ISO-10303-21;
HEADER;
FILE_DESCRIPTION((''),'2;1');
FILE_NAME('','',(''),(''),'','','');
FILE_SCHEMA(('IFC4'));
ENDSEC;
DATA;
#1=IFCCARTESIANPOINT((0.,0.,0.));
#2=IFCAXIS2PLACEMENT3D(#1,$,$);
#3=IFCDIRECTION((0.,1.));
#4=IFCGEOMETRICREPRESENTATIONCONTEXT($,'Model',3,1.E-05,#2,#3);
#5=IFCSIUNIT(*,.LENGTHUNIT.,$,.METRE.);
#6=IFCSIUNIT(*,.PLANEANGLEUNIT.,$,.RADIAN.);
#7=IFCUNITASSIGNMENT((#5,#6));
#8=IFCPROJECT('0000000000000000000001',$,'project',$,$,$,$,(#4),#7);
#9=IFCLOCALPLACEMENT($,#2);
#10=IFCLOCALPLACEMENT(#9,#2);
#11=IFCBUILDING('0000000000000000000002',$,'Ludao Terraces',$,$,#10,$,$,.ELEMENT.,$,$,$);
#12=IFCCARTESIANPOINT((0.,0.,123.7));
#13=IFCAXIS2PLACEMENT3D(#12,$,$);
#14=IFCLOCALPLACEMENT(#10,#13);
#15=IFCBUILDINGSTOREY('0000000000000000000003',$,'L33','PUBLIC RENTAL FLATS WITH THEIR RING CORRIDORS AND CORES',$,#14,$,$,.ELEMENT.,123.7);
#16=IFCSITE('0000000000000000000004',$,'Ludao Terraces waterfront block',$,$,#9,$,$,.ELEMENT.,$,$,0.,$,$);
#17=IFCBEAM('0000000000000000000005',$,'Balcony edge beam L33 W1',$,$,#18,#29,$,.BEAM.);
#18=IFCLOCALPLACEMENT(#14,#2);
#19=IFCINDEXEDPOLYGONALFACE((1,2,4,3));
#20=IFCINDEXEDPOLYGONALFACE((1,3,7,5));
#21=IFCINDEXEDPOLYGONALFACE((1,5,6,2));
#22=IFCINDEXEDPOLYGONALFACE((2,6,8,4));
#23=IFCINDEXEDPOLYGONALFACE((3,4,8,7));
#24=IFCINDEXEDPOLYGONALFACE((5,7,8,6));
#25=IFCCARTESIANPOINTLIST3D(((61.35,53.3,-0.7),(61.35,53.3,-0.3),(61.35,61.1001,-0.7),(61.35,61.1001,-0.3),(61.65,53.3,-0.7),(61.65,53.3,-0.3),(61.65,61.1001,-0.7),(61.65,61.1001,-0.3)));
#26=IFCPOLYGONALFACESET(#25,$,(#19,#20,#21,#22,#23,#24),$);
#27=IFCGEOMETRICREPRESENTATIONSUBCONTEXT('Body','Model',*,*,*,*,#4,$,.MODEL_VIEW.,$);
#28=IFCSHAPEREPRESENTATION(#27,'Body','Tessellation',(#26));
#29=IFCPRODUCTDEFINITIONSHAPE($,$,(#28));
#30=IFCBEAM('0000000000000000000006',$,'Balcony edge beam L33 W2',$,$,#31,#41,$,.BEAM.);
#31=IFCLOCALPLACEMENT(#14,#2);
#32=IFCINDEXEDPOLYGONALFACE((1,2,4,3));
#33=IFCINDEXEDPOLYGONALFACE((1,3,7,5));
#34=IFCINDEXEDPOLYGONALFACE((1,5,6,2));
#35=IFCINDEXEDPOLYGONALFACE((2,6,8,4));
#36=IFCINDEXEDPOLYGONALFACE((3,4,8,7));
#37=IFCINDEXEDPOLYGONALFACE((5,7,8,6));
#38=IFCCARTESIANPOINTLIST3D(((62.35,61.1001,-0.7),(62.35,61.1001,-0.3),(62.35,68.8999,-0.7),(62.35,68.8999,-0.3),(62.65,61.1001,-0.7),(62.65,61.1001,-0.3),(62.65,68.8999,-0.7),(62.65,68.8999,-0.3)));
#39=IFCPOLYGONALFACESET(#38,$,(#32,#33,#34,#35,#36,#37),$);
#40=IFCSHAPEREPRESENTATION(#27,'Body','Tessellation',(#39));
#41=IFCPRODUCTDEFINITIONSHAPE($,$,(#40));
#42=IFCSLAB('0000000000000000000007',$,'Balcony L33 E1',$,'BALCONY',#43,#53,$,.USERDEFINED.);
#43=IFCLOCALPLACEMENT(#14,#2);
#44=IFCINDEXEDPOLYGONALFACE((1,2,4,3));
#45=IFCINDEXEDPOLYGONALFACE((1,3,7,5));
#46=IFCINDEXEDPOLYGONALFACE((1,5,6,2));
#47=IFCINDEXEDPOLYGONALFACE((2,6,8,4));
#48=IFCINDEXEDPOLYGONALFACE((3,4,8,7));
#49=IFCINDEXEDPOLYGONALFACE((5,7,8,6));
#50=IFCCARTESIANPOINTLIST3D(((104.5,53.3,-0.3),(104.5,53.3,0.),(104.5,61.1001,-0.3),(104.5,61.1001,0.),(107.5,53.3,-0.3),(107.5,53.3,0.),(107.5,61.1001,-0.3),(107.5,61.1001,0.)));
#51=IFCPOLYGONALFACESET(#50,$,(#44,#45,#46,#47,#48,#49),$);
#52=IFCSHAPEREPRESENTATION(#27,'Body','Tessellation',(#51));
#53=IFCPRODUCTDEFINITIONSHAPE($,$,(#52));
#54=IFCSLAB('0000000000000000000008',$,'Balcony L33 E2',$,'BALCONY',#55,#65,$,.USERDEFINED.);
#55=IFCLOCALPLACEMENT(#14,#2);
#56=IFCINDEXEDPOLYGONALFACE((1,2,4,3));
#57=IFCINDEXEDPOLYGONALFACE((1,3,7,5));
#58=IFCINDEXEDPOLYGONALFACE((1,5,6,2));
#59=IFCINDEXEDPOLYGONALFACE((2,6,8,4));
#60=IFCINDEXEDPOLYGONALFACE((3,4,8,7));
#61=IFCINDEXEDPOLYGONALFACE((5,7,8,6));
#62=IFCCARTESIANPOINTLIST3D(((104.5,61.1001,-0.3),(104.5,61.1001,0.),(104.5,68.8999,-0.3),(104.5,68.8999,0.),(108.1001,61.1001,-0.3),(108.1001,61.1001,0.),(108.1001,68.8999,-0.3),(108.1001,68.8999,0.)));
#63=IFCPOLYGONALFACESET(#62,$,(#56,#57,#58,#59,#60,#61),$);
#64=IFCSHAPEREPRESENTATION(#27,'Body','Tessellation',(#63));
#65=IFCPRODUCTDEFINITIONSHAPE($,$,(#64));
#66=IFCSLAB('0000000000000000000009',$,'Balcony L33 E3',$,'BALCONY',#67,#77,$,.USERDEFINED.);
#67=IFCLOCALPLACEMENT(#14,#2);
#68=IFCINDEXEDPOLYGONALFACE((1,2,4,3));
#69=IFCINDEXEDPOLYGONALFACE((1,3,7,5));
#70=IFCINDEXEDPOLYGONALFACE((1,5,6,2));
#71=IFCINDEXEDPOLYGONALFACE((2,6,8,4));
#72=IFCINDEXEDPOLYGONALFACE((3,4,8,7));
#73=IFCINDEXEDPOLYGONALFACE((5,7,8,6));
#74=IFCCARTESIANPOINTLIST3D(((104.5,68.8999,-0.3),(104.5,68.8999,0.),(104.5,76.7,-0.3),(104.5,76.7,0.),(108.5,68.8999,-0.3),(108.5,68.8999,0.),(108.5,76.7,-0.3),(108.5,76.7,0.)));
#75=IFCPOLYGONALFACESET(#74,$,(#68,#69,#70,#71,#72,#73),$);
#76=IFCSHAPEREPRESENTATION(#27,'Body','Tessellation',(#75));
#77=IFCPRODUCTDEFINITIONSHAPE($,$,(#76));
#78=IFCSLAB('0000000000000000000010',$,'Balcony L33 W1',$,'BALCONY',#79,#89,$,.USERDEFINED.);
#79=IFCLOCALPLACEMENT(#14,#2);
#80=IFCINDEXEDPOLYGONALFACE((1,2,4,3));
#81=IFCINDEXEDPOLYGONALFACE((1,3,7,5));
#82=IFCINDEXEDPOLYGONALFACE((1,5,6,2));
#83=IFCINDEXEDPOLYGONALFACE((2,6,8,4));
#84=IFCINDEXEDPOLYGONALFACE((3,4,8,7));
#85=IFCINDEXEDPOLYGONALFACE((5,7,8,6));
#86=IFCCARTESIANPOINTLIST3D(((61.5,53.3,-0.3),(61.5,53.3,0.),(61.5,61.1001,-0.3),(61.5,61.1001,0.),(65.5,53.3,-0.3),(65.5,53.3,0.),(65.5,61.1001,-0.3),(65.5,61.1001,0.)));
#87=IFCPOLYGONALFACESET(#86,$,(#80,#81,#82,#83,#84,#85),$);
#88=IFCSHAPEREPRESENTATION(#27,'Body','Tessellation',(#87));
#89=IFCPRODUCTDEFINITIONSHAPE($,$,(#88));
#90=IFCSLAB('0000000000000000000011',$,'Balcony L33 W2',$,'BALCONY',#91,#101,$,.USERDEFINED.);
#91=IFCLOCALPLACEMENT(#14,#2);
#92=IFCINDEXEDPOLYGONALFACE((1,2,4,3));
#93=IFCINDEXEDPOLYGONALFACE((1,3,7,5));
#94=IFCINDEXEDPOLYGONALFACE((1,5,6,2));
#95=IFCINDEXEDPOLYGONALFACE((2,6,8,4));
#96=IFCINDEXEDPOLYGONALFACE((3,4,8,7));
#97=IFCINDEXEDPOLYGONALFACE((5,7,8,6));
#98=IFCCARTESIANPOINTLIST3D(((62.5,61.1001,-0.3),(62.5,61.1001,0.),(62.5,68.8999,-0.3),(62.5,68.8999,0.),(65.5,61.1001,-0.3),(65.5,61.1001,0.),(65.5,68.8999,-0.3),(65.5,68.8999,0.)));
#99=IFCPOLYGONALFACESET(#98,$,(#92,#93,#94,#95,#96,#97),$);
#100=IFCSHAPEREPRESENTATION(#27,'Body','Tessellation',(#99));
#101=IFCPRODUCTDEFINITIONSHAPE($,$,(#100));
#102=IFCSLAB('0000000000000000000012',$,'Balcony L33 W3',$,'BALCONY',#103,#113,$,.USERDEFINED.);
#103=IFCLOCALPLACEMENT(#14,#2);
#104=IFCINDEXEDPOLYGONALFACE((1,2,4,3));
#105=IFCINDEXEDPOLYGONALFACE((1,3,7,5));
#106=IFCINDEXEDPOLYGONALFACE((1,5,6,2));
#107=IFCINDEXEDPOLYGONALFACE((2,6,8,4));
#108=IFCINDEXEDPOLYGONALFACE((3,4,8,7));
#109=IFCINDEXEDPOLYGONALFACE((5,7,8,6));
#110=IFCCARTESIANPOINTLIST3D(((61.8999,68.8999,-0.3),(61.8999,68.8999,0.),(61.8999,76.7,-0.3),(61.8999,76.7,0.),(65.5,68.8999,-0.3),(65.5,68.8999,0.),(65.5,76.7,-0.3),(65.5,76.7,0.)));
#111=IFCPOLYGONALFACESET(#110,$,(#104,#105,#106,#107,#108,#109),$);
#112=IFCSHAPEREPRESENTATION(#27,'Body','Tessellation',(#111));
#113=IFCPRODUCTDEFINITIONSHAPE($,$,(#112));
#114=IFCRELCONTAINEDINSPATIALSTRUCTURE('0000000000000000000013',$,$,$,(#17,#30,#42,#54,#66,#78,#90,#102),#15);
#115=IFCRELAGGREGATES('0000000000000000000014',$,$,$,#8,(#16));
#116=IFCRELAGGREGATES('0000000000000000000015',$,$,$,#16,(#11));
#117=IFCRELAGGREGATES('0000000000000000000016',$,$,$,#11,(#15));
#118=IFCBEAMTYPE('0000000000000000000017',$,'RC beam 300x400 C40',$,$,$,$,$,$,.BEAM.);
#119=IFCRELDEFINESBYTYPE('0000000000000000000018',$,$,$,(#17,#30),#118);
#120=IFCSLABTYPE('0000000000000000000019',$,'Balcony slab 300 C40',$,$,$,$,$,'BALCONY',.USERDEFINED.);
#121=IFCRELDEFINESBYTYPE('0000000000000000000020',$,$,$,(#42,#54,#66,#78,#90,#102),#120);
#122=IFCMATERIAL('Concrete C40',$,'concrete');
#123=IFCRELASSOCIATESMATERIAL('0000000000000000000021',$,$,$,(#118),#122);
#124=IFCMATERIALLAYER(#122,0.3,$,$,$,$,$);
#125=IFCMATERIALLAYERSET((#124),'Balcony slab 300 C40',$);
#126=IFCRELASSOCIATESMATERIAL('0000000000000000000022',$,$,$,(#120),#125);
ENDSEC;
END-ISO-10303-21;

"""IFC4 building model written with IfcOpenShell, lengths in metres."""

from ifc_helpers import new_model, si_unit, direction, frame, origin, origin_2d, place, context, subcontext, project, spatial, polyline, rectangle, outline, extrude, material, layer, layer_set, material_profile, profile_set, type_object, element, save


model = new_model("IFC4")

# Units and contexts
model_context = context("Model", 3, precision=1e-05, world=origin(), true_north=direction((0.0, 1.0)))
body_context = subcontext(model_context, "Body", "Model", "MODEL_VIEW")
ifc_project = project(units=[si_unit("LENGTHUNIT", "METRE"), si_unit("PLANEANGLEUNIT", "RADIAN")], contexts=[model_context])

# Site, building, storey
site_placement = place(None, origin())
site = spatial("IfcSite", under=ifc_project, at=site_placement, Name="Ludao Terraces waterfront block", CompositionType="ELEMENT", RefElevation=0.0)
building_placement = place(site_placement, origin())
building = spatial("IfcBuilding", under=site, at=building_placement, Name="Ludao Terraces", CompositionType="ELEMENT")
storey_placement = place(building_placement, frame((0.0, 0.0, 123.7)))
storey = spatial("IfcBuildingStorey", under=building, at=storey_placement, Name="L33", Description="PUBLIC RENTAL FLATS WITH THEIR RING CORRIDORS AND CORES", CompositionType="ELEMENT", Elevation=123.7)

# Beams
ifc_material_1 = material(Name="Concrete C40", Category="concrete")
ifc_material_profile = material_profile(ifc_material_1, rectangle(XDim=0.3, YDim=0.3999, at=origin_2d()), Name="300 X 400")
ifc_profile_set = profile_set([ifc_material_profile], Name="Concrete C40")
beam_type = type_object("IfcBeamType", Name="RC beam 300x400 C40", PredefinedType="BEAM", material=ifc_profile_set)
beam_1_placement = place(storey_placement, frame((61.5, 53.3, -0.5), z_axis=(0.0, 1.0, 0.0), x_axis=(-1.0, 0.0, 0.0)))
element("IfcBeam", 1, at=beam_1_placement, inside=storey, type_object=beam_type, Name="Balcony edge beam L33 W1", PredefinedType="BEAM", context=body_context, shape_type="SweptSolid", body=[
    extrude(rectangle(XDim=0.3, YDim=0.3999, at=origin_2d()), origin(), (0.0, 0.0, 1.0), 7.8),
])
beam_2_placement = place(storey_placement, frame((62.5, 61.1001, -0.5), z_axis=(0.0, 1.0, 0.0), x_axis=(-1.0, 0.0, 0.0)))
element("IfcBeam", 2, at=beam_2_placement, inside=storey, type_object=beam_type, Name="Balcony edge beam L33 W2", PredefinedType="BEAM", context=body_context, shape_type="SweptSolid", body=[
    extrude(rectangle(XDim=0.3, YDim=0.3999, at=origin_2d()), origin(), (0.0, 0.0, 1.0), 7.7998),
])

# Slabs
ifc_layer_1 = layer(ifc_material_1, 0.3)
ifc_layer_set_1 = layer_set([ifc_layer_1], Name="Balcony slab 300 C40")
slab_type_1 = type_object("IfcSlabType", Name="Balcony slab 300 C40", ElementType="BALCONY", PredefinedType="USERDEFINED", material=ifc_layer_set_1)
slab_1_placement = place(storey_placement, frame((0.0, 0.0, -0.3)))
element("IfcSlab", 3, at=slab_1_placement, inside=storey, type_object=slab_type_1, Name="Balcony L33 E1", ObjectType="BALCONY", PredefinedType="USERDEFINED", context=body_context, shape_type="SweptSolid", body=[
    extrude(outline(polyline([(104.5, 53.3), (107.5, 53.3), (107.5, 61.1001), (104.5, 61.1001), (104.5, 53.3)])), origin(), (0.0, 0.0, 1.0), 0.3),
])
slab_2_placement = place(storey_placement, frame((0.0, 0.0, -0.3)))
element("IfcSlab", 4, at=slab_2_placement, inside=storey, type_object=slab_type_1, Name="Balcony L33 E2", ObjectType="BALCONY", PredefinedType="USERDEFINED", context=body_context, shape_type="SweptSolid", body=[
    extrude(outline(polyline([(104.5, 61.1001), (108.1001, 61.1001), (108.1001, 68.8999), (104.5, 68.8999), (104.5, 61.1001)])), origin(), (0.0, 0.0, 1.0), 0.3),
])
slab_3_placement = place(storey_placement, frame((0.0, 0.0, -0.3)))
element("IfcSlab", 5, at=slab_3_placement, inside=storey, type_object=slab_type_1, Name="Balcony L33 E3", ObjectType="BALCONY", PredefinedType="USERDEFINED", context=body_context, shape_type="SweptSolid", body=[
    extrude(outline(polyline([(104.5, 68.8999), (108.5, 68.8999), (108.5, 76.7), (104.5, 76.7), (104.5, 68.8999)])), origin(), (0.0, 0.0, 1.0), 0.3),
])
slab_4_placement = place(storey_placement, frame((0.0, 0.0, -0.3)))
element("IfcSlab", 6, at=slab_4_placement, inside=storey, type_object=slab_type_1, Name="Balcony L33 W1", ObjectType="BALCONY", PredefinedType="USERDEFINED", context=body_context, shape_type="SweptSolid", body=[
    extrude(outline(polyline([(61.5, 53.3), (65.5, 53.3), (65.5, 61.1001), (61.5, 61.1001), (61.5, 53.3)])), origin(), (0.0, 0.0, 1.0), 0.3),
])
slab_5_placement = place(storey_placement, frame((0.0, 0.0, -0.3)))
element("IfcSlab", 7, at=slab_5_placement, inside=storey, type_object=slab_type_1, Name="Balcony L33 W2", ObjectType="BALCONY", PredefinedType="USERDEFINED", context=body_context, shape_type="SweptSolid", body=[
    extrude(outline(polyline([(62.5, 61.1001), (65.5, 61.1001), (65.5, 68.8999), (62.5, 68.8999), (62.5, 61.1001)])), origin(), (0.0, 0.0, 1.0), 0.3),
])
slab_6_placement = place(storey_placement, frame((0.0, 0.0, -0.3)))
element("IfcSlab", 8, at=slab_6_placement, inside=storey, type_object=slab_type_1, Name="Balcony L33 W3", ObjectType="BALCONY", PredefinedType="USERDEFINED", context=body_context, shape_type="SweptSolid", body=[
    extrude(outline(polyline([(61.8999, 68.8999), (65.5, 68.8999), (65.5, 76.7), (61.8999, 76.7), (61.8999, 68.8999)])), origin(), (0.0, 0.0, 1.0), 0.3),
])

save(model, "model.ifc")
